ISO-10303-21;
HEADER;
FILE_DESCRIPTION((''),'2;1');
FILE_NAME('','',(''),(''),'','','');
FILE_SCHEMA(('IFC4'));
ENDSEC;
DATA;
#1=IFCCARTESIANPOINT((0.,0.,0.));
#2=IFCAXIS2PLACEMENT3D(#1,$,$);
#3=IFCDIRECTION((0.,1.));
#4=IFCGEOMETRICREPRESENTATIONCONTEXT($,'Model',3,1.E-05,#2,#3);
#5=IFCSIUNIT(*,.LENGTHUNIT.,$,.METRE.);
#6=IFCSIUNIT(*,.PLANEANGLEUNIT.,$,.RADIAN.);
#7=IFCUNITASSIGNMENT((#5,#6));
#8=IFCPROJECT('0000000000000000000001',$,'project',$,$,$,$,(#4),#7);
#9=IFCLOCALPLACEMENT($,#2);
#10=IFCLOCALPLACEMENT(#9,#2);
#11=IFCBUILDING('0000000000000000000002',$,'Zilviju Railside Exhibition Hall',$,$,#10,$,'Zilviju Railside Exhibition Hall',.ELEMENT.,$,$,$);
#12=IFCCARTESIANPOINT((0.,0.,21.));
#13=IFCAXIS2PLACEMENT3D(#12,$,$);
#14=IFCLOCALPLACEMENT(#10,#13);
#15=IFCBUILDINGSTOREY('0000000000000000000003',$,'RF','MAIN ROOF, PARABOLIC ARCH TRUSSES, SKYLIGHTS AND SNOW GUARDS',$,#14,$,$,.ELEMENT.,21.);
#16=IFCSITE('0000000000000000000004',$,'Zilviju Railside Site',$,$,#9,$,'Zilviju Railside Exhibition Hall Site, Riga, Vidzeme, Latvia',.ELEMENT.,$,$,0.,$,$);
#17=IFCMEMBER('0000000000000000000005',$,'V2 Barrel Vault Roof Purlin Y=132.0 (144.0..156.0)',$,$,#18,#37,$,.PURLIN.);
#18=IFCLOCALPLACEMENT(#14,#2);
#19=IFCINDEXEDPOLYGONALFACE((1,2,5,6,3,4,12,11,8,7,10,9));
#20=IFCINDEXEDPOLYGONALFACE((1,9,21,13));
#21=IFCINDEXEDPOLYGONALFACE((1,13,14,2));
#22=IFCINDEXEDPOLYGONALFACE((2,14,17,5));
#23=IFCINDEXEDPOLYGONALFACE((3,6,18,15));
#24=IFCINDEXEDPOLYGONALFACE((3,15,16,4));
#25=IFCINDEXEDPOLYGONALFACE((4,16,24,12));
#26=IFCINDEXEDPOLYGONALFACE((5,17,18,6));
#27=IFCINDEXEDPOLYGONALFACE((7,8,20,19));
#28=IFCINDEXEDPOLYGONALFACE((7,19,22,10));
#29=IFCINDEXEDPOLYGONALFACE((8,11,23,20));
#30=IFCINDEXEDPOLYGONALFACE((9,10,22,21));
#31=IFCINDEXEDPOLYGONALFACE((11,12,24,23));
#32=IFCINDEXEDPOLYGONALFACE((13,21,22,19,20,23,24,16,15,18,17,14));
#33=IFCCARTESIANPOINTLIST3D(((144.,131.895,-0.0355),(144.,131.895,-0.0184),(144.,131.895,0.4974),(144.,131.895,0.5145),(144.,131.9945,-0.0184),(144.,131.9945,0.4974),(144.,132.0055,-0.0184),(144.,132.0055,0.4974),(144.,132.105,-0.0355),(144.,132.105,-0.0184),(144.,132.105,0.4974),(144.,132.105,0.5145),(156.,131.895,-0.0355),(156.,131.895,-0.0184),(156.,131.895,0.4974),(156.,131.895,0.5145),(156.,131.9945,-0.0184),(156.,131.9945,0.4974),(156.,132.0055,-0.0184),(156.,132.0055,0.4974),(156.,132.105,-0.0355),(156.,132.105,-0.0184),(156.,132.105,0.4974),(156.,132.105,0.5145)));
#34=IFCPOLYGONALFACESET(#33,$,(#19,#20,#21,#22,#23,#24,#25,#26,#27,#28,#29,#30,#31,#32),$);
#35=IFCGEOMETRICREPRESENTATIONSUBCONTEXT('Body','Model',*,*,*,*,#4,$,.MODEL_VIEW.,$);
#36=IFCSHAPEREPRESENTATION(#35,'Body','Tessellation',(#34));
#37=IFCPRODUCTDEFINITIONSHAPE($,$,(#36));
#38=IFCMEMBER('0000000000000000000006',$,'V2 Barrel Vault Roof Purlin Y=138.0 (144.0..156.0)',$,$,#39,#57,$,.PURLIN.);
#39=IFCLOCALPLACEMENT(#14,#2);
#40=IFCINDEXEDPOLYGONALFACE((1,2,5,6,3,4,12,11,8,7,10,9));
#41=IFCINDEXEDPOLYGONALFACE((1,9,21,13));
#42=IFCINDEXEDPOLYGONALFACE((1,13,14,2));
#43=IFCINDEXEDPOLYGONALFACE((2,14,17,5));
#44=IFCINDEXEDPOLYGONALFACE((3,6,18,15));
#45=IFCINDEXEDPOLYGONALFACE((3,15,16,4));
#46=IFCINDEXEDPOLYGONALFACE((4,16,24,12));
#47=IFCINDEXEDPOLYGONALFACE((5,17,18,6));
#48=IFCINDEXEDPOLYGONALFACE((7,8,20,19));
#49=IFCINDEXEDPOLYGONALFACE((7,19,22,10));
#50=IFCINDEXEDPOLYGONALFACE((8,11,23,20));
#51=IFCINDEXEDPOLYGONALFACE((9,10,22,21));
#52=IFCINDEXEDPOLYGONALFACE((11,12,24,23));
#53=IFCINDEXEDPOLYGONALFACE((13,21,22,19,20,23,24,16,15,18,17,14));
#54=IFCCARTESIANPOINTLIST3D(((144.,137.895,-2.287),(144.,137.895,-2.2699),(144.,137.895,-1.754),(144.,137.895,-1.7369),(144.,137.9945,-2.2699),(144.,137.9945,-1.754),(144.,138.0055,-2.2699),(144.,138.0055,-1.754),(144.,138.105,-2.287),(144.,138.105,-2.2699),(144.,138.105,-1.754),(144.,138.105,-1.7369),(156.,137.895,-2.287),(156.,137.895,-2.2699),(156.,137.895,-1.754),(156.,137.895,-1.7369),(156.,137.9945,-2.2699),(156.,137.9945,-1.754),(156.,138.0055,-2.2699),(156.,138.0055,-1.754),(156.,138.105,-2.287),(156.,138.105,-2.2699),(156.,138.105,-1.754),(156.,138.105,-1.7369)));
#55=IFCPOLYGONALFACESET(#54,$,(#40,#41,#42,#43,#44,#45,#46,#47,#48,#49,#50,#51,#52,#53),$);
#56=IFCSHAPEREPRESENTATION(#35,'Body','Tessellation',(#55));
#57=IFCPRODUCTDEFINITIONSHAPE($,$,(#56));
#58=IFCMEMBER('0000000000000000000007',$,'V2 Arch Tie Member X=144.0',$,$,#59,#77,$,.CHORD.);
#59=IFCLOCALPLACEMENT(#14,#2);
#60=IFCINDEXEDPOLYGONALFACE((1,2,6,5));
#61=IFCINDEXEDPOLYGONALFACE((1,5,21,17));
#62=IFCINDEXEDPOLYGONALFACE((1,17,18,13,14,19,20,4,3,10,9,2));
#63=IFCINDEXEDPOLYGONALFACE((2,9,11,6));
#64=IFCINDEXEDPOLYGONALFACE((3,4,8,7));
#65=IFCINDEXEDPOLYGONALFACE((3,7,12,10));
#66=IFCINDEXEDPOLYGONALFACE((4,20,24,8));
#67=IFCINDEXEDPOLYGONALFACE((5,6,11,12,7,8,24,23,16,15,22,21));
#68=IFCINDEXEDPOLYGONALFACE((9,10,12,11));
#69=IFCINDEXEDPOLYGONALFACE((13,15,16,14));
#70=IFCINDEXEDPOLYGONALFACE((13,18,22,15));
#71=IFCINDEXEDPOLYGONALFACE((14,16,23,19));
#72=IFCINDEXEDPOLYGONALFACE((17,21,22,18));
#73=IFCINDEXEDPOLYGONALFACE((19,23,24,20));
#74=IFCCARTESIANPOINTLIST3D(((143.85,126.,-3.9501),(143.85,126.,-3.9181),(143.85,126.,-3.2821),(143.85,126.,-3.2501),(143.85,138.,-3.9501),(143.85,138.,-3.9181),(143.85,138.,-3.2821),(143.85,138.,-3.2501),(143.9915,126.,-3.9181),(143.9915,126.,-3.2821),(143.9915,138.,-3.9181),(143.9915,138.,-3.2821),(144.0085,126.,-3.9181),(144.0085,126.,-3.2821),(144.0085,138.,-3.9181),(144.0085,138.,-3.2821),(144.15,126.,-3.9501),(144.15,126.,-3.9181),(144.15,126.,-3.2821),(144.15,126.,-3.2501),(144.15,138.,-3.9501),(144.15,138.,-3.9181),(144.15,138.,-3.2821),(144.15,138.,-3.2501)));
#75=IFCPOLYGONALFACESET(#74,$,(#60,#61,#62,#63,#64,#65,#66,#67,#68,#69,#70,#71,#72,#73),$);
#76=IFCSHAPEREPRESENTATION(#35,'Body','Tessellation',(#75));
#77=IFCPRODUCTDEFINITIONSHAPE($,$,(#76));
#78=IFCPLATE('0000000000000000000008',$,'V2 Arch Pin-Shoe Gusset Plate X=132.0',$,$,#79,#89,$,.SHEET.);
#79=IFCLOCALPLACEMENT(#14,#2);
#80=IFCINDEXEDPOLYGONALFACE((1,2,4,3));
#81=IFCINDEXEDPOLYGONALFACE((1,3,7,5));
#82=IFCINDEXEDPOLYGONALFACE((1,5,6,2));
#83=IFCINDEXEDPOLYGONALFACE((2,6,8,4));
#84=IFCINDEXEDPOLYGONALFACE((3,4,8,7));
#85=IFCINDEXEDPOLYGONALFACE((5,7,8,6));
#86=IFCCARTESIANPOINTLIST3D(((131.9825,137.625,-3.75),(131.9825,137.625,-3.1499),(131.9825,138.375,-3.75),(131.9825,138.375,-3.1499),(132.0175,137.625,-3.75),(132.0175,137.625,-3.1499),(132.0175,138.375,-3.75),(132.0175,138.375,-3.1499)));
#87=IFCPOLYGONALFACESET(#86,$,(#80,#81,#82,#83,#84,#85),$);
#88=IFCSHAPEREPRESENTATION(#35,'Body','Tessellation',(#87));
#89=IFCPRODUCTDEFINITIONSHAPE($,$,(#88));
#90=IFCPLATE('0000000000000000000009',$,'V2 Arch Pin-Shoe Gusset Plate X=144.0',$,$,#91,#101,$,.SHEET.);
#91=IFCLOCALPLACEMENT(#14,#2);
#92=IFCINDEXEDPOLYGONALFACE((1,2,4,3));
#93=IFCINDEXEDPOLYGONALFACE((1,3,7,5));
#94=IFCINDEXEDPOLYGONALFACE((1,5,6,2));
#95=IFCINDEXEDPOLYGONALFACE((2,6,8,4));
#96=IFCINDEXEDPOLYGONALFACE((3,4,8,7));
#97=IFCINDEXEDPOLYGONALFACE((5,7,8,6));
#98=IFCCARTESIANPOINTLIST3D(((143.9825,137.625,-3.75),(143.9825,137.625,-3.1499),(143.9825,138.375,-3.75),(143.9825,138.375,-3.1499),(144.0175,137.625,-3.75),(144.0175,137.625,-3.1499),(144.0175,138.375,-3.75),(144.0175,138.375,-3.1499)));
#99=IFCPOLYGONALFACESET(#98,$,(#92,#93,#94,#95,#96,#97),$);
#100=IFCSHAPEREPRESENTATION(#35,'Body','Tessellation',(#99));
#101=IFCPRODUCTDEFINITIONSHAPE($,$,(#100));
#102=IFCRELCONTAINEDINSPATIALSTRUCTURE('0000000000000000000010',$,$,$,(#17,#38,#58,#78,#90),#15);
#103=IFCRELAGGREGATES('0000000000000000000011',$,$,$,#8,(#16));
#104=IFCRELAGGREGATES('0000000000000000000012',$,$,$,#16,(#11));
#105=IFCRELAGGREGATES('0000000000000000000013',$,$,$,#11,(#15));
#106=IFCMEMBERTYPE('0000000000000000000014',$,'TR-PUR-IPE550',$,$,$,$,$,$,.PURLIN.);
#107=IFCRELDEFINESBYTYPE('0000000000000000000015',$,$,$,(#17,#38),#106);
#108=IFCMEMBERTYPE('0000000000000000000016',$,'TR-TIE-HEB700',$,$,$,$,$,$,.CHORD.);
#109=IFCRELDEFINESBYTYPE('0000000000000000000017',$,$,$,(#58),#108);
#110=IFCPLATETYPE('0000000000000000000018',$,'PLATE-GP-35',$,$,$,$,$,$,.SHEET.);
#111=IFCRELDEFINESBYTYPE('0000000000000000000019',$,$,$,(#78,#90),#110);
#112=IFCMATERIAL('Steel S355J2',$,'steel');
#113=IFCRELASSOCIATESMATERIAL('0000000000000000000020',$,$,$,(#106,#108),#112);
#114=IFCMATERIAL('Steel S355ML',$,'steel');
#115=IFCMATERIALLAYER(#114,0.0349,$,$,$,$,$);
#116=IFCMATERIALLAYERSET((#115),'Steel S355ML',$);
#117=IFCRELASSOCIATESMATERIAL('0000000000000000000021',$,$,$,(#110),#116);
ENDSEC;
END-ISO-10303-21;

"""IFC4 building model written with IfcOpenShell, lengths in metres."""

from ifc_helpers import new_model, si_unit, direction, frame, origin, origin_2d, place, context, subcontext, project, spatial, rectangle, i_section, extrude, material, layer, layer_set, material_profile, profile_set, type_object, element, save


model = new_model("IFC4")

# Units and contexts
model_context = context("Model", 3, precision=1e-05, world=origin(), true_north=direction((0.0, 1.0)))
body_context = subcontext(model_context, "Body", "Model", "MODEL_VIEW")
ifc_project = project(units=[si_unit("LENGTHUNIT", "METRE"), si_unit("PLANEANGLEUNIT", "RADIAN")], contexts=[model_context])

# Site, building, storey
site_placement = place(None, origin())
site = spatial("IfcSite", under=ifc_project, at=site_placement, Name="Zilviju Railside Site", LongName="Zilviju Railside Exhibition Hall Site, Riga, Vidzeme, Latvia", CompositionType="ELEMENT", RefElevation=0.0)
building_placement = place(site_placement, origin())
building = spatial("IfcBuilding", under=site, at=building_placement, Name="Zilviju Railside Exhibition Hall", LongName="Zilviju Railside Exhibition Hall", CompositionType="ELEMENT")
storey_placement = place(building_placement, frame((0.0, 0.0, 21.0)))
storey = spatial("IfcBuildingStorey", under=building, at=storey_placement, Name="RF", Description="MAIN ROOF, PARABOLIC ARCH TRUSSES, SKYLIGHTS AND SNOW GUARDS", CompositionType="ELEMENT", Elevation=21.0)

# Shared definitions
ifc_material_1 = material(Name="Steel S355J2", Category="steel")

# Members
ifc_material_profile_1 = material_profile(ifc_material_1, i_section(OverallWidth=0.21, OverallDepth=0.55, WebThickness=0.011, FlangeThickness=0.0171, at=origin_2d()), Name="IPE 550")
ifc_profile_set_1 = profile_set([ifc_material_profile_1], Name="Steel S355J2")
member_type_1 = type_object("IfcMemberType", Name="TR-PUR-IPE550", PredefinedType="PURLIN", material=ifc_profile_set_1)
for number, where, z_axis, x_axis, name in (
    (1, (144.0, 132.0, 0.2395), (1.0, 0.0, 0.0), (0.0, 1.0, 0.0), "V2 Barrel Vault Roof Purlin Y=132.0 (144.0..156.0)"),
    (2, (144.0, 138.0, -2.012), (1.0, 0.0, 0.0), (0.0, 1.0, 0.0), "V2 Barrel Vault Roof Purlin Y=138.0 (144.0..156.0)"),
):
    element("IfcMember", number, at=place(storey_placement, frame(where, z_axis=z_axis, x_axis=x_axis)), inside=storey, type_object=member_type_1, Name=name, PredefinedType="PURLIN", context=body_context, shape_type="SweptSolid", body=[
        extrude(i_section(OverallWidth=0.21, OverallDepth=0.55, WebThickness=0.011, FlangeThickness=0.0171, at=origin_2d()), origin(), (0.0, 0.0, 1.0), 12.0),
    ])
ifc_material_profile_2 = material_profile(ifc_material_1, i_section(OverallWidth=0.3, OverallDepth=0.7, WebThickness=0.0171, FlangeThickness=0.032, at=origin_2d()), Name="HEB 700")
ifc_profile_set_2 = profile_set([ifc_material_profile_2], Name="Steel S355J2")
member_type_2 = type_object("IfcMemberType", Name="TR-TIE-HEB700", PredefinedType="CHORD", material=ifc_profile_set_2)
member_1_placement = place(storey_placement, frame((144.0, 126.0, -3.6001), z_axis=(0.0, 1.0, 0.0), x_axis=(-1.0, 0.0, 0.0)))
element("IfcMember", 3, at=member_1_placement, inside=storey, type_object=member_type_2, Name="V2 Arch Tie Member X=144.0", PredefinedType="CHORD", context=body_context, shape_type="SweptSolid", body=[
    extrude(i_section(OverallWidth=0.3, OverallDepth=0.7, WebThickness=0.0171, FlangeThickness=0.032, at=origin_2d()), origin(), (0.0, 0.0, 1.0), 12.0),
])

# Plates
ifc_material_2 = material(Name="Steel S355ML", Category="steel")
ifc_layer = layer(ifc_material_2, 0.0349)
ifc_layer_set = layer_set([ifc_layer], Name="Steel S355ML")
plate_type = type_object("IfcPlateType", Name="PLATE-GP-35", PredefinedType="SHEET", material=ifc_layer_set)
for number, where, z_axis, x_axis, name in (
    (4, (132.0, 138.0, -3.75), (0.0, 0.0, 1.0), (1.0, 0.0, 0.0), "V2 Arch Pin-Shoe Gusset Plate X=132.0"),
    (5, (144.0, 138.0, -3.75), (0.0, 0.0, 1.0), (1.0, 0.0, 0.0), "V2 Arch Pin-Shoe Gusset Plate X=144.0"),
):
    element("IfcPlate", number, at=place(storey_placement, frame(where, z_axis=z_axis, x_axis=x_axis)), inside=storey, type_object=plate_type, Name=name, PredefinedType="SHEET", context=body_context, shape_type="SweptSolid", body=[
        extrude(rectangle(XDim=0.0349, YDim=0.75, at=origin_2d()), origin(), (0.0, 0.0, 1.0), 0.6001),
    ])

save(model, "model.ifc")
